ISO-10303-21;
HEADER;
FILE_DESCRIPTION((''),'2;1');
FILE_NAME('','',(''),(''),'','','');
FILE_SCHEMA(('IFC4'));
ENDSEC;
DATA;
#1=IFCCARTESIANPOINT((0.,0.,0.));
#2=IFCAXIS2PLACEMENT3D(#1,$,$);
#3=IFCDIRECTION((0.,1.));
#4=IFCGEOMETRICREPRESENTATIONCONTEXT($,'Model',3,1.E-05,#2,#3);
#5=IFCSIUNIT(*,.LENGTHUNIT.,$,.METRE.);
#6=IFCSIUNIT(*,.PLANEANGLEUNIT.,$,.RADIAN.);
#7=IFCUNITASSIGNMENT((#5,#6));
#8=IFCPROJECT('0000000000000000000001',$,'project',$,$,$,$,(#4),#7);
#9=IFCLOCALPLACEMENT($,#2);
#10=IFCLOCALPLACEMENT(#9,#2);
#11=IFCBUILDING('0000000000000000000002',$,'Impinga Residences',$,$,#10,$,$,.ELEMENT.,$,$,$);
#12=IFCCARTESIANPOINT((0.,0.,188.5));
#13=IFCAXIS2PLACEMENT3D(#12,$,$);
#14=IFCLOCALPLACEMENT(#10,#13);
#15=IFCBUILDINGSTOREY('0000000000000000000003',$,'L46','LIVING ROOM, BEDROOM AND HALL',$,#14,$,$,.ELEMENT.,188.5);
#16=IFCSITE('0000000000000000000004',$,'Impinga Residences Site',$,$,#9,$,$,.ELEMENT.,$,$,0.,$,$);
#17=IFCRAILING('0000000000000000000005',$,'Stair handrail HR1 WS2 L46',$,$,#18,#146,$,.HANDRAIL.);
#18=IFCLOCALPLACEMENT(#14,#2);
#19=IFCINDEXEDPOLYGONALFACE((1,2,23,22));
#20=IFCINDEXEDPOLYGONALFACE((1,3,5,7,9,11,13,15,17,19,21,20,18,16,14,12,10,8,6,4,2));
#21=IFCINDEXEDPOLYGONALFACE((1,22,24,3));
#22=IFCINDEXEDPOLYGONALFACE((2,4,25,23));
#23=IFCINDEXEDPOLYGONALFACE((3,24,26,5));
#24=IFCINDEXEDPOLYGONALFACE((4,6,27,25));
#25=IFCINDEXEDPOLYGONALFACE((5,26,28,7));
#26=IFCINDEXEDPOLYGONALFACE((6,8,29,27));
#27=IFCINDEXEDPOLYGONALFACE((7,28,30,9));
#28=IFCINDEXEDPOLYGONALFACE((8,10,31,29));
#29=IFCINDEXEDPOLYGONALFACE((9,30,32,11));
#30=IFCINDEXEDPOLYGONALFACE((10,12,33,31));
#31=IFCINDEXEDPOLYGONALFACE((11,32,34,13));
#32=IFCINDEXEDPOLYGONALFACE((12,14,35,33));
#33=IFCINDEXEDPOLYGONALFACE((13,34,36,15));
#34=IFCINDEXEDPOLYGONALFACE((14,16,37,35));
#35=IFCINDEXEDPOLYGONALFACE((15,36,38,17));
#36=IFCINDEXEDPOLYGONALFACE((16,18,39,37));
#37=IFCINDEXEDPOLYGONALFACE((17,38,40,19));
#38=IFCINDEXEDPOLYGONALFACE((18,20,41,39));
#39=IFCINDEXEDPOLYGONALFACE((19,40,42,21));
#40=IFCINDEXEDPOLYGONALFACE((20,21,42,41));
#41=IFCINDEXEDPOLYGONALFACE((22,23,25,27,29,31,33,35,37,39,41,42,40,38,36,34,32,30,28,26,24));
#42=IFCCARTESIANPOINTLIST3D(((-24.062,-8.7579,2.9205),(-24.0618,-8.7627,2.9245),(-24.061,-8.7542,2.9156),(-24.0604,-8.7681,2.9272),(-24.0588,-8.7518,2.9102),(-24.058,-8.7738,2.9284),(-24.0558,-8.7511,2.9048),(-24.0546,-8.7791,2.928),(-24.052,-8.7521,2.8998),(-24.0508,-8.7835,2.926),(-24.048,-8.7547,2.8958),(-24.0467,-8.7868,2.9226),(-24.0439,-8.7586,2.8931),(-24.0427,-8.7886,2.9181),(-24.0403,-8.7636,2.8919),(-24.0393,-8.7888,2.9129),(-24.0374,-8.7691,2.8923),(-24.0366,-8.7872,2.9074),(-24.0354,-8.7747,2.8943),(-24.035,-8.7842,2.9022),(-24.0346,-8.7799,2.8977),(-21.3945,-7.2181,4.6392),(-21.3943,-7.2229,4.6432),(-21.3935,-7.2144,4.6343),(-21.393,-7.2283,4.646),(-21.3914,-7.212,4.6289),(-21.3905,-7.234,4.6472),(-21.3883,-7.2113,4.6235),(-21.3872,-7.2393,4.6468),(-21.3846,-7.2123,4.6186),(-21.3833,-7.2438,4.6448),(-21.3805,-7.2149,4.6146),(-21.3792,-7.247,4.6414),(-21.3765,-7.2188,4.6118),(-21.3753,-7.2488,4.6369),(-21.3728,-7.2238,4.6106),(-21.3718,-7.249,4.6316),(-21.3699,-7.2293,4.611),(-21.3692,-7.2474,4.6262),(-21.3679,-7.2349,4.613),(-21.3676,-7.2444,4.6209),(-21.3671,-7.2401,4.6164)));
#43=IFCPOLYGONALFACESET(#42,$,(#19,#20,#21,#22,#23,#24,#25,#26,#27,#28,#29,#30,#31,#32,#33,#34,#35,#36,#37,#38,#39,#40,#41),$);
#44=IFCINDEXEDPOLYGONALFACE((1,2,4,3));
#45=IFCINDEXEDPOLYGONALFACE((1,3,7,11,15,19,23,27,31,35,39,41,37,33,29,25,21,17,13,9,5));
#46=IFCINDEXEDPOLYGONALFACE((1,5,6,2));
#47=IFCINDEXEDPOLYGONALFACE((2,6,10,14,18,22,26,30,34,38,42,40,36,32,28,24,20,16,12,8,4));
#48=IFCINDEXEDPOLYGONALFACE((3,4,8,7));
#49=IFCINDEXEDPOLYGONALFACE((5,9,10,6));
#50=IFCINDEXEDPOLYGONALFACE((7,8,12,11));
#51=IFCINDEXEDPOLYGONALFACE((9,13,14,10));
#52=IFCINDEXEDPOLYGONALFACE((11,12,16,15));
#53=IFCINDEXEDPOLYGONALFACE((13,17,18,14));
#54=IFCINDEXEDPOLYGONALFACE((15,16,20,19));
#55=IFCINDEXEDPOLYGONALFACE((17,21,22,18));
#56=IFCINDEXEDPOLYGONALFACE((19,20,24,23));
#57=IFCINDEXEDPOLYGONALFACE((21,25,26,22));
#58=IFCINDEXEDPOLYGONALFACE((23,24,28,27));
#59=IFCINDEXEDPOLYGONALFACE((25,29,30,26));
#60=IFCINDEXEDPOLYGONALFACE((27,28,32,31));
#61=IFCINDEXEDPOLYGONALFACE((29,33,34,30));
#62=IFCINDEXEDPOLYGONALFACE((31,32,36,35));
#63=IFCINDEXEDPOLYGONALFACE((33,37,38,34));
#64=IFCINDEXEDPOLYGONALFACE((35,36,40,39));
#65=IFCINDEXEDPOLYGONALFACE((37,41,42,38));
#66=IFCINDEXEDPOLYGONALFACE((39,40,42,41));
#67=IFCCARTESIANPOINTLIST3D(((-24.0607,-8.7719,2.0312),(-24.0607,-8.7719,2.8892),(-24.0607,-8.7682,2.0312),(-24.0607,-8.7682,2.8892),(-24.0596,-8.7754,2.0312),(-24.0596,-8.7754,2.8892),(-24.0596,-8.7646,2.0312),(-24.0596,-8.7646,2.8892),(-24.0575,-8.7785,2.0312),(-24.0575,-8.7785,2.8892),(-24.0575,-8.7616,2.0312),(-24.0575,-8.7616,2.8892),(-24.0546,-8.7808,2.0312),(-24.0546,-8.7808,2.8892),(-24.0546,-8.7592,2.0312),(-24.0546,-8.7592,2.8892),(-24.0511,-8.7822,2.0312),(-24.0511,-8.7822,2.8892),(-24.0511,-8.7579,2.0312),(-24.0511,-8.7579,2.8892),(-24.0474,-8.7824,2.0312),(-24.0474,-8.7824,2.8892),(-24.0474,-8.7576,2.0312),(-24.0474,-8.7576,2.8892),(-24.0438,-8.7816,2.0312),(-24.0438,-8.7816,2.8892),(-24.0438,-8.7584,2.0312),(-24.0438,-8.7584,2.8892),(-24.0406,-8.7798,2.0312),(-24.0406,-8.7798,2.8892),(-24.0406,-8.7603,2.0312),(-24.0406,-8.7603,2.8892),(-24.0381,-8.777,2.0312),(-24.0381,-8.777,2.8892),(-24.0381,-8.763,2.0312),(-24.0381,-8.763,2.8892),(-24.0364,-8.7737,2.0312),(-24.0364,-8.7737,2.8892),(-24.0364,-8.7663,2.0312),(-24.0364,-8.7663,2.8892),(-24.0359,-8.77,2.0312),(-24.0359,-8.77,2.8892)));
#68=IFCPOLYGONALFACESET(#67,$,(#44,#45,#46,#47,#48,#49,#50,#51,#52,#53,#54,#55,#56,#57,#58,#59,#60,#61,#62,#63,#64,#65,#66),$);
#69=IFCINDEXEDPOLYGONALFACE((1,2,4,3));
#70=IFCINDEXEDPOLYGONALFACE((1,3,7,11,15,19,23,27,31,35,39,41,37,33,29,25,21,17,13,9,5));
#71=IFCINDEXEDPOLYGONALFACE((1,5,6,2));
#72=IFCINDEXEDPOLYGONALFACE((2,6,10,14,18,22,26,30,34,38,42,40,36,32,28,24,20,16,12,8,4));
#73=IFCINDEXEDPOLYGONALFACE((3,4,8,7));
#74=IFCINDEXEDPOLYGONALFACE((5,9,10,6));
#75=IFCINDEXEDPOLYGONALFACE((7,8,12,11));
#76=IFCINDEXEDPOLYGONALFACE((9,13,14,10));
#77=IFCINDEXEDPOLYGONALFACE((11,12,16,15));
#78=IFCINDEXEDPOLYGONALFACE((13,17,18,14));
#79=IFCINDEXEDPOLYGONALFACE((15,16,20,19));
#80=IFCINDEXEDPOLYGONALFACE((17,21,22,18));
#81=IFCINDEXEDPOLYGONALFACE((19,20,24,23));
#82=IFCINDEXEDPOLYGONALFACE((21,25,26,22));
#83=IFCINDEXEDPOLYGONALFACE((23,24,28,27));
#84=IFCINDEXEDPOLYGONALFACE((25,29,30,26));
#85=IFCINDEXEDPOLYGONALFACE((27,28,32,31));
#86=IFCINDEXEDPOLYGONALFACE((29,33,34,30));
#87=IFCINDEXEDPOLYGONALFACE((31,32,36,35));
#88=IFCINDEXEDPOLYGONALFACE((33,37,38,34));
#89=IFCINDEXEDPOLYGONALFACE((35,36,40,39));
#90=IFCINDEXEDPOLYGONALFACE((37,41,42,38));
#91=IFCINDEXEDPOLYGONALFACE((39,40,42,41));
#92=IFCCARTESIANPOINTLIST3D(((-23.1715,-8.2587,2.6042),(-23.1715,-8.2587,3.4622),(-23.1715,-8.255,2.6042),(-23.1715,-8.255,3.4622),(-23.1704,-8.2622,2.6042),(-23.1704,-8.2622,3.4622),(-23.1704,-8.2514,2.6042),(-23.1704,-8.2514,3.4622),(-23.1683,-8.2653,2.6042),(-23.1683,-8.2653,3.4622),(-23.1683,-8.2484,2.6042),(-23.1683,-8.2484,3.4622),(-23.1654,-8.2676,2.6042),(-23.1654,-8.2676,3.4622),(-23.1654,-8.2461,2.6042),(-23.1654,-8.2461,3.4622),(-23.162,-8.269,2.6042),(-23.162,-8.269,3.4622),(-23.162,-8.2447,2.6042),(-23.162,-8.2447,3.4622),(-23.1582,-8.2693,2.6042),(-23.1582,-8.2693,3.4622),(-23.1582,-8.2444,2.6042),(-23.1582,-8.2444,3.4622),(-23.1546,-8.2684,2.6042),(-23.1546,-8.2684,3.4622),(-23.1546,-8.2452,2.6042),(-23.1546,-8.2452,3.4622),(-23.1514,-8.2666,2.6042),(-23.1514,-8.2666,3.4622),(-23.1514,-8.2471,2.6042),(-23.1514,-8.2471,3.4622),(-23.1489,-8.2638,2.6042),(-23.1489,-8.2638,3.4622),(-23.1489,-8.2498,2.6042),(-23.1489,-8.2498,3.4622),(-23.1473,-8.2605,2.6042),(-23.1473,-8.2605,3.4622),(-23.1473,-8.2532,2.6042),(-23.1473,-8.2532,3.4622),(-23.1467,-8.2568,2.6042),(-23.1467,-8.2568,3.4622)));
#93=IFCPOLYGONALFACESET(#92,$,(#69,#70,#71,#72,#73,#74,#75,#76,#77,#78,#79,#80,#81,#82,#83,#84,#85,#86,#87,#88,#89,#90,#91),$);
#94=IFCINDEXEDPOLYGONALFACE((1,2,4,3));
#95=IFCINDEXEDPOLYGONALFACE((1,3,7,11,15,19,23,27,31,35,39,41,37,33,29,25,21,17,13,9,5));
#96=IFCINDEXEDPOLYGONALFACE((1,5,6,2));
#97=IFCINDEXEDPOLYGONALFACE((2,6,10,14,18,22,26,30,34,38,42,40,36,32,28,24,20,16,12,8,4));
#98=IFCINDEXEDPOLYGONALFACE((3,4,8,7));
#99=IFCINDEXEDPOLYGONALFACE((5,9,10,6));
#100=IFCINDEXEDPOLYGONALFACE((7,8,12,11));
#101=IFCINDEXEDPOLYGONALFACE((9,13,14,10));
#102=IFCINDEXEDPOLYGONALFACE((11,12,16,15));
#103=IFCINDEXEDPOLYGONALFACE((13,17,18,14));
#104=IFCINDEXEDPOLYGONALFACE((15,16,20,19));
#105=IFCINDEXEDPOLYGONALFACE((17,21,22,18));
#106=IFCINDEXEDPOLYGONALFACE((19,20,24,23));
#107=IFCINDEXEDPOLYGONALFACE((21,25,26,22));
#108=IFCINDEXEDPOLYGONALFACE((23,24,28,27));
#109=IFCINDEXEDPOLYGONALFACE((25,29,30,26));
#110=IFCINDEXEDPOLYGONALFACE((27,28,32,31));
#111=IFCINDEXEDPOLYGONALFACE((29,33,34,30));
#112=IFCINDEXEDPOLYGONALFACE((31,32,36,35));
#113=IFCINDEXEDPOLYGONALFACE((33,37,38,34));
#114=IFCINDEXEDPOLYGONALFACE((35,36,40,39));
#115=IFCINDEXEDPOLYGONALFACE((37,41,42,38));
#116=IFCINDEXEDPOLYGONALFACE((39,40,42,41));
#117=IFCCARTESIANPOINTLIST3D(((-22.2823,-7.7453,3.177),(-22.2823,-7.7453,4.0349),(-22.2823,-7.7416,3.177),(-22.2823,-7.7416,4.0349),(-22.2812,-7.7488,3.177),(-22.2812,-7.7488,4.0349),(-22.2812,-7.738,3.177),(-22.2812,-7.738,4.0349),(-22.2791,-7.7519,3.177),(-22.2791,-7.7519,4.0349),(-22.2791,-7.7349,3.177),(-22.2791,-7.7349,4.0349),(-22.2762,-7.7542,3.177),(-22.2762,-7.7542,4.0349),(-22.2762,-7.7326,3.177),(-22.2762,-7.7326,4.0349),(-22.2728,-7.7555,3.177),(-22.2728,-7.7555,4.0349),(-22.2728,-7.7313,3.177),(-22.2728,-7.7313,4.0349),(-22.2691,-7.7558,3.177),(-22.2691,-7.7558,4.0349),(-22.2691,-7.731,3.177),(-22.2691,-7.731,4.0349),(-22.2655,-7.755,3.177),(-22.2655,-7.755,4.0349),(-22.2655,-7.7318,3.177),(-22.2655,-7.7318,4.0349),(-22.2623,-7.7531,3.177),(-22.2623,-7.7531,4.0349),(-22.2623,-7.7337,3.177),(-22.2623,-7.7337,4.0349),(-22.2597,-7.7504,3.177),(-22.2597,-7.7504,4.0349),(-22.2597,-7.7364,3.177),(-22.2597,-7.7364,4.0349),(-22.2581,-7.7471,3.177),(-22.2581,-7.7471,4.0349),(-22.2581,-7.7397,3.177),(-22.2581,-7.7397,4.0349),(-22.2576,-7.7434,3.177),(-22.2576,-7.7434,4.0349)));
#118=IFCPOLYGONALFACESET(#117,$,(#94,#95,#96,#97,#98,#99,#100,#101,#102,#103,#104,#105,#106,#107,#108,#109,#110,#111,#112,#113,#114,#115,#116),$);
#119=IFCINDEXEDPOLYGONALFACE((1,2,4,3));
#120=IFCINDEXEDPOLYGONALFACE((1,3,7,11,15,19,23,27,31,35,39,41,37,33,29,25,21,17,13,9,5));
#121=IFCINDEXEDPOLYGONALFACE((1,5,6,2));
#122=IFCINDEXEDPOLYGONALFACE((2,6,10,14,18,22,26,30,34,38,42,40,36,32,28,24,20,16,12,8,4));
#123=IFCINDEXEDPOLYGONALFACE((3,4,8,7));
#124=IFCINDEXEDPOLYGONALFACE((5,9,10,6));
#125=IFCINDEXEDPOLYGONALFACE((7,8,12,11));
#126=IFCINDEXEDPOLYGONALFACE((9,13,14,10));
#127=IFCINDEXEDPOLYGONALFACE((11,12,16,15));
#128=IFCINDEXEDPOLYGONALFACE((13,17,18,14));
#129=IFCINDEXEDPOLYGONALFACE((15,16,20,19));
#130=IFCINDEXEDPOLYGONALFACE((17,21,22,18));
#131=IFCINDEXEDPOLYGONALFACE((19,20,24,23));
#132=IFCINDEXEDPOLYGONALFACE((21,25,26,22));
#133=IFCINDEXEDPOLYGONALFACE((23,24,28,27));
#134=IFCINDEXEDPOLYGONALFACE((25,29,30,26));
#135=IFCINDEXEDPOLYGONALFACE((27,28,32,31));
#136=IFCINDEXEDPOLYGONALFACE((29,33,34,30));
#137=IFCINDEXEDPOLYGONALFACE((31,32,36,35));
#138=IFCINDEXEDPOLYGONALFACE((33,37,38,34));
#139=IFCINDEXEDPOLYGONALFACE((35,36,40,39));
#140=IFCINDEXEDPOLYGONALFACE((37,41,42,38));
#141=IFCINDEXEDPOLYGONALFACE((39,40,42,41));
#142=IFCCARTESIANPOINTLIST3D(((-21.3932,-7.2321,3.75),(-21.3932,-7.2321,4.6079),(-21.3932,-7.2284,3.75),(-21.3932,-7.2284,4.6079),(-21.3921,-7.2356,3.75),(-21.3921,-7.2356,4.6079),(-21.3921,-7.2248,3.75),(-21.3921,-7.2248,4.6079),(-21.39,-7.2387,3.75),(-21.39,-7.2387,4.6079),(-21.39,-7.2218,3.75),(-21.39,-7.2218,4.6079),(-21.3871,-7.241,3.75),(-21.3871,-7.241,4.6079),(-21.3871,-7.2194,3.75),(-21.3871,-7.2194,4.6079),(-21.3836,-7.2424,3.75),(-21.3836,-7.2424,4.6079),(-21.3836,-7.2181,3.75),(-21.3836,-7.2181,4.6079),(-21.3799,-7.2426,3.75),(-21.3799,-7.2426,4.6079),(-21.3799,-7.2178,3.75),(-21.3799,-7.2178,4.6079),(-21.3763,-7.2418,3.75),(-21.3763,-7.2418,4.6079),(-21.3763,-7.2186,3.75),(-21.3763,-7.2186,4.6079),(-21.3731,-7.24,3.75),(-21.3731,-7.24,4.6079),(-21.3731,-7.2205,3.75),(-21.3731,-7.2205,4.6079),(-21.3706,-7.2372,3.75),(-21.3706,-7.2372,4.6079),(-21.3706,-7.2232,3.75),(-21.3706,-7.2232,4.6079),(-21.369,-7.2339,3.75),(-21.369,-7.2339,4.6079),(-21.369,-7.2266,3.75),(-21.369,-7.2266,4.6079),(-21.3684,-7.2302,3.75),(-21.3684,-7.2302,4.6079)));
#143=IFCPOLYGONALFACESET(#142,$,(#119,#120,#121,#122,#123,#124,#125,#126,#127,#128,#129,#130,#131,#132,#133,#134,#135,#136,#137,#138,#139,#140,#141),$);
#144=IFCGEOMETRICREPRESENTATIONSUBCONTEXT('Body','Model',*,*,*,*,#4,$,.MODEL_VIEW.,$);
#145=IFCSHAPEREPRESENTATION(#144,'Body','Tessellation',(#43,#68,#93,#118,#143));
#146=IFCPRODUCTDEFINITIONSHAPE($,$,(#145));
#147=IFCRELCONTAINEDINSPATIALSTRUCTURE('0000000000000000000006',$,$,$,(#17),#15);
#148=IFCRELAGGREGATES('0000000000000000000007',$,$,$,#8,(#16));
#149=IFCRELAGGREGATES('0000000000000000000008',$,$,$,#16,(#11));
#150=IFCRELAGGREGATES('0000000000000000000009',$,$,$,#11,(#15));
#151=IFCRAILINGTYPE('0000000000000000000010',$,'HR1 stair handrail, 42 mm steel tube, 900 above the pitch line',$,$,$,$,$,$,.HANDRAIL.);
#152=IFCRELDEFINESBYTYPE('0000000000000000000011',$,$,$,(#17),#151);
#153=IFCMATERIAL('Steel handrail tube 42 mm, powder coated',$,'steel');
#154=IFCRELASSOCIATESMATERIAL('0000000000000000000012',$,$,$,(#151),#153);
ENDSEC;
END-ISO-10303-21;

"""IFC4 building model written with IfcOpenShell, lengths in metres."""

from ifc_helpers import new_model, si_unit, direction, frame, origin, origin_2d, place, context, subcontext, project, spatial, circle, extrude, material, type_object, element, save


model = new_model("IFC4")

# Units and contexts
model_context = context("Model", 3, precision=1e-05, world=origin(), true_north=direction((0.0, 1.0)))
body_context = subcontext(model_context, "Body", "Model", "MODEL_VIEW")
ifc_project = project(units=[si_unit("LENGTHUNIT", "METRE"), si_unit("PLANEANGLEUNIT", "RADIAN")], contexts=[model_context])

# Site, building, storey
site_placement = place(None, origin())
site = spatial("IfcSite", under=ifc_project, at=site_placement, Name="Impinga Residences Site", CompositionType="ELEMENT", RefElevation=0.0)
building_placement = place(site_placement, origin())
building = spatial("IfcBuilding", under=site, at=building_placement, Name="Impinga Residences", CompositionType="ELEMENT")
storey_placement = place(building_placement, frame((0.0, 0.0, 188.5)))
storey = spatial("IfcBuildingStorey", under=building, at=storey_placement, Name="L46", Description="LIVING ROOM, BEDROOM AND HALL", CompositionType="ELEMENT", Elevation=188.5)

# Railing
ifc_material_1 = material(Name="Steel handrail tube 42 mm, powder coated", Category="steel")
railing_type = type_object("IfcRailingType", Name="HR1 stair handrail, 42 mm steel tube, 900 above the pitch line", PredefinedType="HANDRAIL", material=ifc_material_1)
railing_placement = place(storey_placement, frame((-24.0483, -8.77, 2.0312)))
element("IfcRailing", 1, at=railing_placement, inside=storey, type_object=railing_type, Name="Stair handrail HR1 WS2 L46", PredefinedType="HANDRAIL", context=body_context, shape_type="SweptSolid", body=[
    extrude(circle(Radius=0.021, at=origin_2d()), frame((0.0, 0.0, 0.8789), z_axis=(0.756279, 0.43656, 0.487297), x_axis=(-0.499933, 0.866064, 0.0)), (0.0, 0.0, 1.0), 3.5271),
    extrude(circle(Radius=0.0125, at=origin_2d()), origin(), (0.0, 0.0, 1.0), 0.8579),
    extrude(circle(Radius=0.0125, at=origin_2d()), frame((0.8892, 0.5132, 0.573)), (0.0, 0.0, 1.0), 0.8579),
    extrude(circle(Radius=0.0125, at=origin_2d()), frame((1.7783, 1.0266, 1.1458)), (0.0, 0.0, 1.0), 0.8579),
    extrude(circle(Radius=0.0125, at=origin_2d()), frame((2.6675, 1.5398, 1.7188)), (0.0, 0.0, 1.0), 0.8579),
])

save(model, "model.ifc")
